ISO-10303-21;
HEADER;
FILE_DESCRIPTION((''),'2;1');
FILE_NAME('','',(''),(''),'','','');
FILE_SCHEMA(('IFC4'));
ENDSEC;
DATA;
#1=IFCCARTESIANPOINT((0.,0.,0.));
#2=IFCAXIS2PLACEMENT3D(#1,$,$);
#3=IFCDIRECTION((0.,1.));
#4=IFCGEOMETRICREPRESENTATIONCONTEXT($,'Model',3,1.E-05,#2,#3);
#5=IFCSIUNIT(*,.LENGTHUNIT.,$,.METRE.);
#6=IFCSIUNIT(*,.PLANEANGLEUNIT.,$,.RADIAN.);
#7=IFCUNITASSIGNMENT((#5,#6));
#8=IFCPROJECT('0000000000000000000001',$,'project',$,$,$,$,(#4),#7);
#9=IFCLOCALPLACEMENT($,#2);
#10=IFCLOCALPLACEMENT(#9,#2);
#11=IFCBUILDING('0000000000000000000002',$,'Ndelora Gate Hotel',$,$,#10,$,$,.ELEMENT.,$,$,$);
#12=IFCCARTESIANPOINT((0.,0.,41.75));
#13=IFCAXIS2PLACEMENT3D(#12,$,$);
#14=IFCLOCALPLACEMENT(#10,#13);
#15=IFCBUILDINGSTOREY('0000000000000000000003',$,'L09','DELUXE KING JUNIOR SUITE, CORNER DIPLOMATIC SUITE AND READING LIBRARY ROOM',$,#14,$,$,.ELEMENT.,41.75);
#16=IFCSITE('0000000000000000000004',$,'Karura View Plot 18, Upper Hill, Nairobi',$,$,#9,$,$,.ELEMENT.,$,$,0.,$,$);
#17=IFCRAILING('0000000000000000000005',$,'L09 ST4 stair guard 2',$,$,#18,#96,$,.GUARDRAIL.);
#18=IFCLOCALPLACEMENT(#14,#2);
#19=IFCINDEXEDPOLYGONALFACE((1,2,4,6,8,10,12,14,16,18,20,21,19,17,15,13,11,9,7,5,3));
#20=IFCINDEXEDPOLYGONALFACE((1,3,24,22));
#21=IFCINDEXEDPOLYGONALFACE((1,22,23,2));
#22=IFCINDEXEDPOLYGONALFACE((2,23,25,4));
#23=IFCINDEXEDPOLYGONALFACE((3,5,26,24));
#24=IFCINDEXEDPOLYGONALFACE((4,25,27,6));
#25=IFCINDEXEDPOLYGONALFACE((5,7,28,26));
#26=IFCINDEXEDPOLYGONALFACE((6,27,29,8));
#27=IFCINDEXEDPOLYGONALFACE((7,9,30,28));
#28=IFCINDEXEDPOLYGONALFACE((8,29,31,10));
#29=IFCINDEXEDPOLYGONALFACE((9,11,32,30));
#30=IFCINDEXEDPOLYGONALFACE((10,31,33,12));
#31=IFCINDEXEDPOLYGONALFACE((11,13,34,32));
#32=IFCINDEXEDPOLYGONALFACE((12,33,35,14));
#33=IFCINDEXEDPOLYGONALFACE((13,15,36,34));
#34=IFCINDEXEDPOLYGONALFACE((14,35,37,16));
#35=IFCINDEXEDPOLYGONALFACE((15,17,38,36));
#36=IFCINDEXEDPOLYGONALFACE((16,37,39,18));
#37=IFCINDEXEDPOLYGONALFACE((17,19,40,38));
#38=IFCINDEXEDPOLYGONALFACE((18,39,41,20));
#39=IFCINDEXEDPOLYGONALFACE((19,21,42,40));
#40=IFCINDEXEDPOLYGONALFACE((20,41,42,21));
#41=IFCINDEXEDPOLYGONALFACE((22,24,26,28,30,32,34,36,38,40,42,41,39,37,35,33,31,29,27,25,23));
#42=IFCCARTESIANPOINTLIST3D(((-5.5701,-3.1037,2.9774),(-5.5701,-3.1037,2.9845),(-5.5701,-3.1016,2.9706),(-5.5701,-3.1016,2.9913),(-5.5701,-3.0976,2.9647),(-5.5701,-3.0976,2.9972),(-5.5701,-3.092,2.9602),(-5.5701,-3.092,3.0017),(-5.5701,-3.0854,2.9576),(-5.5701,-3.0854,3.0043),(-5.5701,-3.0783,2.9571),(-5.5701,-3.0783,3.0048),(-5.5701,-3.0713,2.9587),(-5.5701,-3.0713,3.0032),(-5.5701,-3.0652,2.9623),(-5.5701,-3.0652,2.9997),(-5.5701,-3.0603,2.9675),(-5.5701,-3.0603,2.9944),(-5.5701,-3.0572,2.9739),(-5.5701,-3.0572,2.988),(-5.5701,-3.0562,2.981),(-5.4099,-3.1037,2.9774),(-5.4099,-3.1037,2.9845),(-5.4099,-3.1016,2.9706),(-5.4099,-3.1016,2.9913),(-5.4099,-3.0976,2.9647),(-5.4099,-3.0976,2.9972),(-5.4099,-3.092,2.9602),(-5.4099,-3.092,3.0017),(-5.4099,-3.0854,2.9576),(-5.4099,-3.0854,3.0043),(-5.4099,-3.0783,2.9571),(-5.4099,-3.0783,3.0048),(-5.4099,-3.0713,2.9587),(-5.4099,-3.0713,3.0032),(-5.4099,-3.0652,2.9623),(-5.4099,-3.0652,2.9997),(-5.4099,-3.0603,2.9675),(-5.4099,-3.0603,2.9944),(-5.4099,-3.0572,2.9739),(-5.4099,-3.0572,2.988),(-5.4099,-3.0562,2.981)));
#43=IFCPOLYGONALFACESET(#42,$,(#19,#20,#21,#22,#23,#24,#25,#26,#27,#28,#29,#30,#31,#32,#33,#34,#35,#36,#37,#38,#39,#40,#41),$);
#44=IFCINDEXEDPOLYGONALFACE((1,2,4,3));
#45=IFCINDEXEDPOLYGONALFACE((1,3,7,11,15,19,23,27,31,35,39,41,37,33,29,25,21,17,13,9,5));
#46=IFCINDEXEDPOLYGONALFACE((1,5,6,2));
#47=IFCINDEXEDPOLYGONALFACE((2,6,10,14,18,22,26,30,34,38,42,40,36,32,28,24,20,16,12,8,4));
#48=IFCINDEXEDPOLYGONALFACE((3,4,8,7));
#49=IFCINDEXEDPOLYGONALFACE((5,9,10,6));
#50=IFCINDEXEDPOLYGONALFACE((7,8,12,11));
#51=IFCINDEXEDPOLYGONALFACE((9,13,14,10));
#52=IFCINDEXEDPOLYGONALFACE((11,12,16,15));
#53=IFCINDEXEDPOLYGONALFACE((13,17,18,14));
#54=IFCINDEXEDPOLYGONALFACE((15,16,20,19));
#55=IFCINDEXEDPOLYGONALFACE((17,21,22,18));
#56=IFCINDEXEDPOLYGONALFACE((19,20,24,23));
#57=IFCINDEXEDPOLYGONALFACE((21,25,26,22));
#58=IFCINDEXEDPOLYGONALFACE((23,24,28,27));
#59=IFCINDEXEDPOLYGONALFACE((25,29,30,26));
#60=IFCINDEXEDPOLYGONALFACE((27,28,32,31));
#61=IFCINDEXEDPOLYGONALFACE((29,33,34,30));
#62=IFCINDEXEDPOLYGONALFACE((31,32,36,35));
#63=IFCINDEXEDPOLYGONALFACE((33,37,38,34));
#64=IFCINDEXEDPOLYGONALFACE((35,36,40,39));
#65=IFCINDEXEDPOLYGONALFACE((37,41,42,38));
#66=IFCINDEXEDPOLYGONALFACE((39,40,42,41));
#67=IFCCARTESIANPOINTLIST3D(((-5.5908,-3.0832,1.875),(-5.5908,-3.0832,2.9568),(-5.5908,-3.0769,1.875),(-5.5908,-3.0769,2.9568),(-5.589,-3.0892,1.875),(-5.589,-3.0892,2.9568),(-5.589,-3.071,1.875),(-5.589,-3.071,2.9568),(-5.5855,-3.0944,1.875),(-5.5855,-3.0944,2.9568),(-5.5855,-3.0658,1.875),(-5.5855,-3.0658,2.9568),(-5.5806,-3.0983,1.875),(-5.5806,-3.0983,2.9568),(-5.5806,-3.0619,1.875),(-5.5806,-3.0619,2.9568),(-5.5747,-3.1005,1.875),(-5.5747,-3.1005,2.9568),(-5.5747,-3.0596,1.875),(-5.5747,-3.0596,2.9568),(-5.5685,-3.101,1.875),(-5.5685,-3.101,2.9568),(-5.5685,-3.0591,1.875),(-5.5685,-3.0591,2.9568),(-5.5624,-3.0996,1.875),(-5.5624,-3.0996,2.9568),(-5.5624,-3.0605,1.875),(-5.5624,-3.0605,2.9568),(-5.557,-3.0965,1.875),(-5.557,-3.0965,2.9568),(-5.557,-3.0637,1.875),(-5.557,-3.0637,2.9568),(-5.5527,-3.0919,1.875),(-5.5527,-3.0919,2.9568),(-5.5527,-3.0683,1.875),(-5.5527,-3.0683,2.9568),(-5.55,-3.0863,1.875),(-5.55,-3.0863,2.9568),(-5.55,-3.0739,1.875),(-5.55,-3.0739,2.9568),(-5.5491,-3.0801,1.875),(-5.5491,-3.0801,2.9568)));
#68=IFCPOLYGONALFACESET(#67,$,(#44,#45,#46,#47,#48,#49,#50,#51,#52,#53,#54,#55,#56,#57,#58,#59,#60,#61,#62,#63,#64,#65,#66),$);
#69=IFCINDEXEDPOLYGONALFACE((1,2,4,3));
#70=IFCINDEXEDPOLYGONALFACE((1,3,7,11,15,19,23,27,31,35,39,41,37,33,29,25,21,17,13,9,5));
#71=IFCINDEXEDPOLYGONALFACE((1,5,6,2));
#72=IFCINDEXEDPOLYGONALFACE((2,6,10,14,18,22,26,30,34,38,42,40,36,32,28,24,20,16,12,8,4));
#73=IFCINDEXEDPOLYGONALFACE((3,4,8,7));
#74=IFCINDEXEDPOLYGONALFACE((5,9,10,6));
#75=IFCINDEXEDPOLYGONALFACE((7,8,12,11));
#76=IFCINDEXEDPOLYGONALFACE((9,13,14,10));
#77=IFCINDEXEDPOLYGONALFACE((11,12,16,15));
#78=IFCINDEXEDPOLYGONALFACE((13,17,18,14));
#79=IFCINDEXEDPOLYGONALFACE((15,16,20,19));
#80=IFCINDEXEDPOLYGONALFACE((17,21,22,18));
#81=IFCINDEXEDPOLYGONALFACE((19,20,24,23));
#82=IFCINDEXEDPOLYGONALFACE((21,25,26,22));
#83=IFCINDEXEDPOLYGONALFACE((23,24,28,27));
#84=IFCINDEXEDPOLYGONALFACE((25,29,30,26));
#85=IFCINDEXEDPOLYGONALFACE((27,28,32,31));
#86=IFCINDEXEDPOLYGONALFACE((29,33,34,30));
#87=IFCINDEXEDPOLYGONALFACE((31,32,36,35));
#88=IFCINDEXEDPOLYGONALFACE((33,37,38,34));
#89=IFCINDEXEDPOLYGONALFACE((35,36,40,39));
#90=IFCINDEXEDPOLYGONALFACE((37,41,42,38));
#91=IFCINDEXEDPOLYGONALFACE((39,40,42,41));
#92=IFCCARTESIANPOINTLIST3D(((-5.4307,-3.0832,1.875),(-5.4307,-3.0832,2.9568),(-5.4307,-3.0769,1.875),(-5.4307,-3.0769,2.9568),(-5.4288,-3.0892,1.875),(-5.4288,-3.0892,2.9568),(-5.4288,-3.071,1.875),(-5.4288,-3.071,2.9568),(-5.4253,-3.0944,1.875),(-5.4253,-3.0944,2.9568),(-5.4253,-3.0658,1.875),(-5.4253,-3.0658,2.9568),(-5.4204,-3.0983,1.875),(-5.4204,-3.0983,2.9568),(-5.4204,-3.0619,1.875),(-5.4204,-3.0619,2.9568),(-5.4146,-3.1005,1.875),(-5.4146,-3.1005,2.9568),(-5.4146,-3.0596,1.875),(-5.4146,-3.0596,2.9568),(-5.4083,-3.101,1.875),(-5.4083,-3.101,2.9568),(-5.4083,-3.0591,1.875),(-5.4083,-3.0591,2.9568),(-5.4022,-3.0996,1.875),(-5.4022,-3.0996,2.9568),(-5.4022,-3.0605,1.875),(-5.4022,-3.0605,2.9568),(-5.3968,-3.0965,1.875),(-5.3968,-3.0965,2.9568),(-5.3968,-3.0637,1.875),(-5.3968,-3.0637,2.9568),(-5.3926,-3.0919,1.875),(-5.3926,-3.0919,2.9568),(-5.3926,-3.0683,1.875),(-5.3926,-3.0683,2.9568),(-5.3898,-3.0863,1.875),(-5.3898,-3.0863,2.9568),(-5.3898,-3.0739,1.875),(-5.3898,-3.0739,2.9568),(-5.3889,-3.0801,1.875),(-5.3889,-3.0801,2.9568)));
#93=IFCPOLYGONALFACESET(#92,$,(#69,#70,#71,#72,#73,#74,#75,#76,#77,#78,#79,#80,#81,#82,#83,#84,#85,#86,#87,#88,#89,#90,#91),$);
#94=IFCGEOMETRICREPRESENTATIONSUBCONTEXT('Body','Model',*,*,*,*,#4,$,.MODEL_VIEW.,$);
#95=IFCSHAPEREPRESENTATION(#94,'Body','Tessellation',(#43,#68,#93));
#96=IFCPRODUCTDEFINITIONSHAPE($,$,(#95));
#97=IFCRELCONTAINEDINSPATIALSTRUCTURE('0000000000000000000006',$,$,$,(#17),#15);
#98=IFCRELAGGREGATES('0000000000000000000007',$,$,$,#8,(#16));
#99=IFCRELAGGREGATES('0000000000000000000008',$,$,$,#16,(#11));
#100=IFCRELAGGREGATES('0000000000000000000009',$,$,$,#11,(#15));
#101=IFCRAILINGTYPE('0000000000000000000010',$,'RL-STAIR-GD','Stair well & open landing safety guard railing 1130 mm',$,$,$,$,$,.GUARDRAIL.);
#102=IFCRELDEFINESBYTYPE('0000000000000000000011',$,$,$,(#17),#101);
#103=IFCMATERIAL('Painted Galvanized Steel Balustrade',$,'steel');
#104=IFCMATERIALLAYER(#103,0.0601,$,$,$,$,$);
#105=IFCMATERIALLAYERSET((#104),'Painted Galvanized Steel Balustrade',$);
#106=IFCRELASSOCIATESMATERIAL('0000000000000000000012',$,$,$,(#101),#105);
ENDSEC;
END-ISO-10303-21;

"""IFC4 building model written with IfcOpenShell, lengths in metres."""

from ifc_helpers import new_model, si_unit, direction, frame, origin, origin_2d, place, context, subcontext, project, spatial, circle, extrude, material, layer, layer_set, type_object, element, save


model = new_model("IFC4")

# Units and contexts
model_context = context("Model", 3, precision=1e-05, world=origin(), true_north=direction((0.0, 1.0)))
body_context = subcontext(model_context, "Body", "Model", "MODEL_VIEW")
ifc_project = project(units=[si_unit("LENGTHUNIT", "METRE"), si_unit("PLANEANGLEUNIT", "RADIAN")], contexts=[model_context])

# Site, building, storey
site_placement = place(None, origin())
site = spatial("IfcSite", under=ifc_project, at=site_placement, Name="Karura View Plot 18, Upper Hill, Nairobi", CompositionType="ELEMENT", RefElevation=0.0)
building_placement = place(site_placement, origin())
building = spatial("IfcBuilding", under=site, at=building_placement, Name="Ndelora Gate Hotel", CompositionType="ELEMENT")
storey_placement = place(building_placement, frame((0.0, 0.0, 41.75)))
storey = spatial("IfcBuildingStorey", under=building, at=storey_placement, Name="L09", Description="DELUXE KING JUNIOR SUITE, CORNER DIPLOMATIC SUITE AND READING LIBRARY ROOM", CompositionType="ELEMENT", Elevation=41.75)

# Railing
ifc_material_1 = material(Name="Painted Galvanized Steel Balustrade", Category="steel")
ifc_layer_1 = layer(ifc_material_1, 0.0601)
ifc_layer_set_1 = layer_set([ifc_layer_1], Name="Painted Galvanized Steel Balustrade")
railing_type = type_object("IfcRailingType", Name="RL-STAIR-GD", Description="Stair well & open landing safety guard railing 1130 mm", PredefinedType="GUARDRAIL", material=ifc_layer_set_1)
railing_1_placement = place(storey_placement, frame((-5.5701, -3.0801, 1.875)))
element("IfcRailing", 1, at=railing_1_placement, inside=storey, type_object=railing_type, Name="L09 ST4 stair guard 2", PredefinedType="GUARDRAIL", context=body_context, shape_type="SweptSolid", body=[
    extrude(circle(Radius=0.0239, at=origin_2d()), frame((0.0, 0.0, 1.106), z_axis=(1.0, 0.0, 0.0), x_axis=(0.0, 1.0, 0.0)), (0.0, 0.0, 1.0), 0.1602),
    extrude(circle(Radius=0.021, at=origin_2d()), origin(), (0.0, 0.0, 1.0), 1.0818),
    extrude(circle(Radius=0.021, at=origin_2d()), frame((0.1602, 0.0, 0.0)), (0.0, 0.0, 1.0), 1.0818),
])

save(model, "model.ifc")
